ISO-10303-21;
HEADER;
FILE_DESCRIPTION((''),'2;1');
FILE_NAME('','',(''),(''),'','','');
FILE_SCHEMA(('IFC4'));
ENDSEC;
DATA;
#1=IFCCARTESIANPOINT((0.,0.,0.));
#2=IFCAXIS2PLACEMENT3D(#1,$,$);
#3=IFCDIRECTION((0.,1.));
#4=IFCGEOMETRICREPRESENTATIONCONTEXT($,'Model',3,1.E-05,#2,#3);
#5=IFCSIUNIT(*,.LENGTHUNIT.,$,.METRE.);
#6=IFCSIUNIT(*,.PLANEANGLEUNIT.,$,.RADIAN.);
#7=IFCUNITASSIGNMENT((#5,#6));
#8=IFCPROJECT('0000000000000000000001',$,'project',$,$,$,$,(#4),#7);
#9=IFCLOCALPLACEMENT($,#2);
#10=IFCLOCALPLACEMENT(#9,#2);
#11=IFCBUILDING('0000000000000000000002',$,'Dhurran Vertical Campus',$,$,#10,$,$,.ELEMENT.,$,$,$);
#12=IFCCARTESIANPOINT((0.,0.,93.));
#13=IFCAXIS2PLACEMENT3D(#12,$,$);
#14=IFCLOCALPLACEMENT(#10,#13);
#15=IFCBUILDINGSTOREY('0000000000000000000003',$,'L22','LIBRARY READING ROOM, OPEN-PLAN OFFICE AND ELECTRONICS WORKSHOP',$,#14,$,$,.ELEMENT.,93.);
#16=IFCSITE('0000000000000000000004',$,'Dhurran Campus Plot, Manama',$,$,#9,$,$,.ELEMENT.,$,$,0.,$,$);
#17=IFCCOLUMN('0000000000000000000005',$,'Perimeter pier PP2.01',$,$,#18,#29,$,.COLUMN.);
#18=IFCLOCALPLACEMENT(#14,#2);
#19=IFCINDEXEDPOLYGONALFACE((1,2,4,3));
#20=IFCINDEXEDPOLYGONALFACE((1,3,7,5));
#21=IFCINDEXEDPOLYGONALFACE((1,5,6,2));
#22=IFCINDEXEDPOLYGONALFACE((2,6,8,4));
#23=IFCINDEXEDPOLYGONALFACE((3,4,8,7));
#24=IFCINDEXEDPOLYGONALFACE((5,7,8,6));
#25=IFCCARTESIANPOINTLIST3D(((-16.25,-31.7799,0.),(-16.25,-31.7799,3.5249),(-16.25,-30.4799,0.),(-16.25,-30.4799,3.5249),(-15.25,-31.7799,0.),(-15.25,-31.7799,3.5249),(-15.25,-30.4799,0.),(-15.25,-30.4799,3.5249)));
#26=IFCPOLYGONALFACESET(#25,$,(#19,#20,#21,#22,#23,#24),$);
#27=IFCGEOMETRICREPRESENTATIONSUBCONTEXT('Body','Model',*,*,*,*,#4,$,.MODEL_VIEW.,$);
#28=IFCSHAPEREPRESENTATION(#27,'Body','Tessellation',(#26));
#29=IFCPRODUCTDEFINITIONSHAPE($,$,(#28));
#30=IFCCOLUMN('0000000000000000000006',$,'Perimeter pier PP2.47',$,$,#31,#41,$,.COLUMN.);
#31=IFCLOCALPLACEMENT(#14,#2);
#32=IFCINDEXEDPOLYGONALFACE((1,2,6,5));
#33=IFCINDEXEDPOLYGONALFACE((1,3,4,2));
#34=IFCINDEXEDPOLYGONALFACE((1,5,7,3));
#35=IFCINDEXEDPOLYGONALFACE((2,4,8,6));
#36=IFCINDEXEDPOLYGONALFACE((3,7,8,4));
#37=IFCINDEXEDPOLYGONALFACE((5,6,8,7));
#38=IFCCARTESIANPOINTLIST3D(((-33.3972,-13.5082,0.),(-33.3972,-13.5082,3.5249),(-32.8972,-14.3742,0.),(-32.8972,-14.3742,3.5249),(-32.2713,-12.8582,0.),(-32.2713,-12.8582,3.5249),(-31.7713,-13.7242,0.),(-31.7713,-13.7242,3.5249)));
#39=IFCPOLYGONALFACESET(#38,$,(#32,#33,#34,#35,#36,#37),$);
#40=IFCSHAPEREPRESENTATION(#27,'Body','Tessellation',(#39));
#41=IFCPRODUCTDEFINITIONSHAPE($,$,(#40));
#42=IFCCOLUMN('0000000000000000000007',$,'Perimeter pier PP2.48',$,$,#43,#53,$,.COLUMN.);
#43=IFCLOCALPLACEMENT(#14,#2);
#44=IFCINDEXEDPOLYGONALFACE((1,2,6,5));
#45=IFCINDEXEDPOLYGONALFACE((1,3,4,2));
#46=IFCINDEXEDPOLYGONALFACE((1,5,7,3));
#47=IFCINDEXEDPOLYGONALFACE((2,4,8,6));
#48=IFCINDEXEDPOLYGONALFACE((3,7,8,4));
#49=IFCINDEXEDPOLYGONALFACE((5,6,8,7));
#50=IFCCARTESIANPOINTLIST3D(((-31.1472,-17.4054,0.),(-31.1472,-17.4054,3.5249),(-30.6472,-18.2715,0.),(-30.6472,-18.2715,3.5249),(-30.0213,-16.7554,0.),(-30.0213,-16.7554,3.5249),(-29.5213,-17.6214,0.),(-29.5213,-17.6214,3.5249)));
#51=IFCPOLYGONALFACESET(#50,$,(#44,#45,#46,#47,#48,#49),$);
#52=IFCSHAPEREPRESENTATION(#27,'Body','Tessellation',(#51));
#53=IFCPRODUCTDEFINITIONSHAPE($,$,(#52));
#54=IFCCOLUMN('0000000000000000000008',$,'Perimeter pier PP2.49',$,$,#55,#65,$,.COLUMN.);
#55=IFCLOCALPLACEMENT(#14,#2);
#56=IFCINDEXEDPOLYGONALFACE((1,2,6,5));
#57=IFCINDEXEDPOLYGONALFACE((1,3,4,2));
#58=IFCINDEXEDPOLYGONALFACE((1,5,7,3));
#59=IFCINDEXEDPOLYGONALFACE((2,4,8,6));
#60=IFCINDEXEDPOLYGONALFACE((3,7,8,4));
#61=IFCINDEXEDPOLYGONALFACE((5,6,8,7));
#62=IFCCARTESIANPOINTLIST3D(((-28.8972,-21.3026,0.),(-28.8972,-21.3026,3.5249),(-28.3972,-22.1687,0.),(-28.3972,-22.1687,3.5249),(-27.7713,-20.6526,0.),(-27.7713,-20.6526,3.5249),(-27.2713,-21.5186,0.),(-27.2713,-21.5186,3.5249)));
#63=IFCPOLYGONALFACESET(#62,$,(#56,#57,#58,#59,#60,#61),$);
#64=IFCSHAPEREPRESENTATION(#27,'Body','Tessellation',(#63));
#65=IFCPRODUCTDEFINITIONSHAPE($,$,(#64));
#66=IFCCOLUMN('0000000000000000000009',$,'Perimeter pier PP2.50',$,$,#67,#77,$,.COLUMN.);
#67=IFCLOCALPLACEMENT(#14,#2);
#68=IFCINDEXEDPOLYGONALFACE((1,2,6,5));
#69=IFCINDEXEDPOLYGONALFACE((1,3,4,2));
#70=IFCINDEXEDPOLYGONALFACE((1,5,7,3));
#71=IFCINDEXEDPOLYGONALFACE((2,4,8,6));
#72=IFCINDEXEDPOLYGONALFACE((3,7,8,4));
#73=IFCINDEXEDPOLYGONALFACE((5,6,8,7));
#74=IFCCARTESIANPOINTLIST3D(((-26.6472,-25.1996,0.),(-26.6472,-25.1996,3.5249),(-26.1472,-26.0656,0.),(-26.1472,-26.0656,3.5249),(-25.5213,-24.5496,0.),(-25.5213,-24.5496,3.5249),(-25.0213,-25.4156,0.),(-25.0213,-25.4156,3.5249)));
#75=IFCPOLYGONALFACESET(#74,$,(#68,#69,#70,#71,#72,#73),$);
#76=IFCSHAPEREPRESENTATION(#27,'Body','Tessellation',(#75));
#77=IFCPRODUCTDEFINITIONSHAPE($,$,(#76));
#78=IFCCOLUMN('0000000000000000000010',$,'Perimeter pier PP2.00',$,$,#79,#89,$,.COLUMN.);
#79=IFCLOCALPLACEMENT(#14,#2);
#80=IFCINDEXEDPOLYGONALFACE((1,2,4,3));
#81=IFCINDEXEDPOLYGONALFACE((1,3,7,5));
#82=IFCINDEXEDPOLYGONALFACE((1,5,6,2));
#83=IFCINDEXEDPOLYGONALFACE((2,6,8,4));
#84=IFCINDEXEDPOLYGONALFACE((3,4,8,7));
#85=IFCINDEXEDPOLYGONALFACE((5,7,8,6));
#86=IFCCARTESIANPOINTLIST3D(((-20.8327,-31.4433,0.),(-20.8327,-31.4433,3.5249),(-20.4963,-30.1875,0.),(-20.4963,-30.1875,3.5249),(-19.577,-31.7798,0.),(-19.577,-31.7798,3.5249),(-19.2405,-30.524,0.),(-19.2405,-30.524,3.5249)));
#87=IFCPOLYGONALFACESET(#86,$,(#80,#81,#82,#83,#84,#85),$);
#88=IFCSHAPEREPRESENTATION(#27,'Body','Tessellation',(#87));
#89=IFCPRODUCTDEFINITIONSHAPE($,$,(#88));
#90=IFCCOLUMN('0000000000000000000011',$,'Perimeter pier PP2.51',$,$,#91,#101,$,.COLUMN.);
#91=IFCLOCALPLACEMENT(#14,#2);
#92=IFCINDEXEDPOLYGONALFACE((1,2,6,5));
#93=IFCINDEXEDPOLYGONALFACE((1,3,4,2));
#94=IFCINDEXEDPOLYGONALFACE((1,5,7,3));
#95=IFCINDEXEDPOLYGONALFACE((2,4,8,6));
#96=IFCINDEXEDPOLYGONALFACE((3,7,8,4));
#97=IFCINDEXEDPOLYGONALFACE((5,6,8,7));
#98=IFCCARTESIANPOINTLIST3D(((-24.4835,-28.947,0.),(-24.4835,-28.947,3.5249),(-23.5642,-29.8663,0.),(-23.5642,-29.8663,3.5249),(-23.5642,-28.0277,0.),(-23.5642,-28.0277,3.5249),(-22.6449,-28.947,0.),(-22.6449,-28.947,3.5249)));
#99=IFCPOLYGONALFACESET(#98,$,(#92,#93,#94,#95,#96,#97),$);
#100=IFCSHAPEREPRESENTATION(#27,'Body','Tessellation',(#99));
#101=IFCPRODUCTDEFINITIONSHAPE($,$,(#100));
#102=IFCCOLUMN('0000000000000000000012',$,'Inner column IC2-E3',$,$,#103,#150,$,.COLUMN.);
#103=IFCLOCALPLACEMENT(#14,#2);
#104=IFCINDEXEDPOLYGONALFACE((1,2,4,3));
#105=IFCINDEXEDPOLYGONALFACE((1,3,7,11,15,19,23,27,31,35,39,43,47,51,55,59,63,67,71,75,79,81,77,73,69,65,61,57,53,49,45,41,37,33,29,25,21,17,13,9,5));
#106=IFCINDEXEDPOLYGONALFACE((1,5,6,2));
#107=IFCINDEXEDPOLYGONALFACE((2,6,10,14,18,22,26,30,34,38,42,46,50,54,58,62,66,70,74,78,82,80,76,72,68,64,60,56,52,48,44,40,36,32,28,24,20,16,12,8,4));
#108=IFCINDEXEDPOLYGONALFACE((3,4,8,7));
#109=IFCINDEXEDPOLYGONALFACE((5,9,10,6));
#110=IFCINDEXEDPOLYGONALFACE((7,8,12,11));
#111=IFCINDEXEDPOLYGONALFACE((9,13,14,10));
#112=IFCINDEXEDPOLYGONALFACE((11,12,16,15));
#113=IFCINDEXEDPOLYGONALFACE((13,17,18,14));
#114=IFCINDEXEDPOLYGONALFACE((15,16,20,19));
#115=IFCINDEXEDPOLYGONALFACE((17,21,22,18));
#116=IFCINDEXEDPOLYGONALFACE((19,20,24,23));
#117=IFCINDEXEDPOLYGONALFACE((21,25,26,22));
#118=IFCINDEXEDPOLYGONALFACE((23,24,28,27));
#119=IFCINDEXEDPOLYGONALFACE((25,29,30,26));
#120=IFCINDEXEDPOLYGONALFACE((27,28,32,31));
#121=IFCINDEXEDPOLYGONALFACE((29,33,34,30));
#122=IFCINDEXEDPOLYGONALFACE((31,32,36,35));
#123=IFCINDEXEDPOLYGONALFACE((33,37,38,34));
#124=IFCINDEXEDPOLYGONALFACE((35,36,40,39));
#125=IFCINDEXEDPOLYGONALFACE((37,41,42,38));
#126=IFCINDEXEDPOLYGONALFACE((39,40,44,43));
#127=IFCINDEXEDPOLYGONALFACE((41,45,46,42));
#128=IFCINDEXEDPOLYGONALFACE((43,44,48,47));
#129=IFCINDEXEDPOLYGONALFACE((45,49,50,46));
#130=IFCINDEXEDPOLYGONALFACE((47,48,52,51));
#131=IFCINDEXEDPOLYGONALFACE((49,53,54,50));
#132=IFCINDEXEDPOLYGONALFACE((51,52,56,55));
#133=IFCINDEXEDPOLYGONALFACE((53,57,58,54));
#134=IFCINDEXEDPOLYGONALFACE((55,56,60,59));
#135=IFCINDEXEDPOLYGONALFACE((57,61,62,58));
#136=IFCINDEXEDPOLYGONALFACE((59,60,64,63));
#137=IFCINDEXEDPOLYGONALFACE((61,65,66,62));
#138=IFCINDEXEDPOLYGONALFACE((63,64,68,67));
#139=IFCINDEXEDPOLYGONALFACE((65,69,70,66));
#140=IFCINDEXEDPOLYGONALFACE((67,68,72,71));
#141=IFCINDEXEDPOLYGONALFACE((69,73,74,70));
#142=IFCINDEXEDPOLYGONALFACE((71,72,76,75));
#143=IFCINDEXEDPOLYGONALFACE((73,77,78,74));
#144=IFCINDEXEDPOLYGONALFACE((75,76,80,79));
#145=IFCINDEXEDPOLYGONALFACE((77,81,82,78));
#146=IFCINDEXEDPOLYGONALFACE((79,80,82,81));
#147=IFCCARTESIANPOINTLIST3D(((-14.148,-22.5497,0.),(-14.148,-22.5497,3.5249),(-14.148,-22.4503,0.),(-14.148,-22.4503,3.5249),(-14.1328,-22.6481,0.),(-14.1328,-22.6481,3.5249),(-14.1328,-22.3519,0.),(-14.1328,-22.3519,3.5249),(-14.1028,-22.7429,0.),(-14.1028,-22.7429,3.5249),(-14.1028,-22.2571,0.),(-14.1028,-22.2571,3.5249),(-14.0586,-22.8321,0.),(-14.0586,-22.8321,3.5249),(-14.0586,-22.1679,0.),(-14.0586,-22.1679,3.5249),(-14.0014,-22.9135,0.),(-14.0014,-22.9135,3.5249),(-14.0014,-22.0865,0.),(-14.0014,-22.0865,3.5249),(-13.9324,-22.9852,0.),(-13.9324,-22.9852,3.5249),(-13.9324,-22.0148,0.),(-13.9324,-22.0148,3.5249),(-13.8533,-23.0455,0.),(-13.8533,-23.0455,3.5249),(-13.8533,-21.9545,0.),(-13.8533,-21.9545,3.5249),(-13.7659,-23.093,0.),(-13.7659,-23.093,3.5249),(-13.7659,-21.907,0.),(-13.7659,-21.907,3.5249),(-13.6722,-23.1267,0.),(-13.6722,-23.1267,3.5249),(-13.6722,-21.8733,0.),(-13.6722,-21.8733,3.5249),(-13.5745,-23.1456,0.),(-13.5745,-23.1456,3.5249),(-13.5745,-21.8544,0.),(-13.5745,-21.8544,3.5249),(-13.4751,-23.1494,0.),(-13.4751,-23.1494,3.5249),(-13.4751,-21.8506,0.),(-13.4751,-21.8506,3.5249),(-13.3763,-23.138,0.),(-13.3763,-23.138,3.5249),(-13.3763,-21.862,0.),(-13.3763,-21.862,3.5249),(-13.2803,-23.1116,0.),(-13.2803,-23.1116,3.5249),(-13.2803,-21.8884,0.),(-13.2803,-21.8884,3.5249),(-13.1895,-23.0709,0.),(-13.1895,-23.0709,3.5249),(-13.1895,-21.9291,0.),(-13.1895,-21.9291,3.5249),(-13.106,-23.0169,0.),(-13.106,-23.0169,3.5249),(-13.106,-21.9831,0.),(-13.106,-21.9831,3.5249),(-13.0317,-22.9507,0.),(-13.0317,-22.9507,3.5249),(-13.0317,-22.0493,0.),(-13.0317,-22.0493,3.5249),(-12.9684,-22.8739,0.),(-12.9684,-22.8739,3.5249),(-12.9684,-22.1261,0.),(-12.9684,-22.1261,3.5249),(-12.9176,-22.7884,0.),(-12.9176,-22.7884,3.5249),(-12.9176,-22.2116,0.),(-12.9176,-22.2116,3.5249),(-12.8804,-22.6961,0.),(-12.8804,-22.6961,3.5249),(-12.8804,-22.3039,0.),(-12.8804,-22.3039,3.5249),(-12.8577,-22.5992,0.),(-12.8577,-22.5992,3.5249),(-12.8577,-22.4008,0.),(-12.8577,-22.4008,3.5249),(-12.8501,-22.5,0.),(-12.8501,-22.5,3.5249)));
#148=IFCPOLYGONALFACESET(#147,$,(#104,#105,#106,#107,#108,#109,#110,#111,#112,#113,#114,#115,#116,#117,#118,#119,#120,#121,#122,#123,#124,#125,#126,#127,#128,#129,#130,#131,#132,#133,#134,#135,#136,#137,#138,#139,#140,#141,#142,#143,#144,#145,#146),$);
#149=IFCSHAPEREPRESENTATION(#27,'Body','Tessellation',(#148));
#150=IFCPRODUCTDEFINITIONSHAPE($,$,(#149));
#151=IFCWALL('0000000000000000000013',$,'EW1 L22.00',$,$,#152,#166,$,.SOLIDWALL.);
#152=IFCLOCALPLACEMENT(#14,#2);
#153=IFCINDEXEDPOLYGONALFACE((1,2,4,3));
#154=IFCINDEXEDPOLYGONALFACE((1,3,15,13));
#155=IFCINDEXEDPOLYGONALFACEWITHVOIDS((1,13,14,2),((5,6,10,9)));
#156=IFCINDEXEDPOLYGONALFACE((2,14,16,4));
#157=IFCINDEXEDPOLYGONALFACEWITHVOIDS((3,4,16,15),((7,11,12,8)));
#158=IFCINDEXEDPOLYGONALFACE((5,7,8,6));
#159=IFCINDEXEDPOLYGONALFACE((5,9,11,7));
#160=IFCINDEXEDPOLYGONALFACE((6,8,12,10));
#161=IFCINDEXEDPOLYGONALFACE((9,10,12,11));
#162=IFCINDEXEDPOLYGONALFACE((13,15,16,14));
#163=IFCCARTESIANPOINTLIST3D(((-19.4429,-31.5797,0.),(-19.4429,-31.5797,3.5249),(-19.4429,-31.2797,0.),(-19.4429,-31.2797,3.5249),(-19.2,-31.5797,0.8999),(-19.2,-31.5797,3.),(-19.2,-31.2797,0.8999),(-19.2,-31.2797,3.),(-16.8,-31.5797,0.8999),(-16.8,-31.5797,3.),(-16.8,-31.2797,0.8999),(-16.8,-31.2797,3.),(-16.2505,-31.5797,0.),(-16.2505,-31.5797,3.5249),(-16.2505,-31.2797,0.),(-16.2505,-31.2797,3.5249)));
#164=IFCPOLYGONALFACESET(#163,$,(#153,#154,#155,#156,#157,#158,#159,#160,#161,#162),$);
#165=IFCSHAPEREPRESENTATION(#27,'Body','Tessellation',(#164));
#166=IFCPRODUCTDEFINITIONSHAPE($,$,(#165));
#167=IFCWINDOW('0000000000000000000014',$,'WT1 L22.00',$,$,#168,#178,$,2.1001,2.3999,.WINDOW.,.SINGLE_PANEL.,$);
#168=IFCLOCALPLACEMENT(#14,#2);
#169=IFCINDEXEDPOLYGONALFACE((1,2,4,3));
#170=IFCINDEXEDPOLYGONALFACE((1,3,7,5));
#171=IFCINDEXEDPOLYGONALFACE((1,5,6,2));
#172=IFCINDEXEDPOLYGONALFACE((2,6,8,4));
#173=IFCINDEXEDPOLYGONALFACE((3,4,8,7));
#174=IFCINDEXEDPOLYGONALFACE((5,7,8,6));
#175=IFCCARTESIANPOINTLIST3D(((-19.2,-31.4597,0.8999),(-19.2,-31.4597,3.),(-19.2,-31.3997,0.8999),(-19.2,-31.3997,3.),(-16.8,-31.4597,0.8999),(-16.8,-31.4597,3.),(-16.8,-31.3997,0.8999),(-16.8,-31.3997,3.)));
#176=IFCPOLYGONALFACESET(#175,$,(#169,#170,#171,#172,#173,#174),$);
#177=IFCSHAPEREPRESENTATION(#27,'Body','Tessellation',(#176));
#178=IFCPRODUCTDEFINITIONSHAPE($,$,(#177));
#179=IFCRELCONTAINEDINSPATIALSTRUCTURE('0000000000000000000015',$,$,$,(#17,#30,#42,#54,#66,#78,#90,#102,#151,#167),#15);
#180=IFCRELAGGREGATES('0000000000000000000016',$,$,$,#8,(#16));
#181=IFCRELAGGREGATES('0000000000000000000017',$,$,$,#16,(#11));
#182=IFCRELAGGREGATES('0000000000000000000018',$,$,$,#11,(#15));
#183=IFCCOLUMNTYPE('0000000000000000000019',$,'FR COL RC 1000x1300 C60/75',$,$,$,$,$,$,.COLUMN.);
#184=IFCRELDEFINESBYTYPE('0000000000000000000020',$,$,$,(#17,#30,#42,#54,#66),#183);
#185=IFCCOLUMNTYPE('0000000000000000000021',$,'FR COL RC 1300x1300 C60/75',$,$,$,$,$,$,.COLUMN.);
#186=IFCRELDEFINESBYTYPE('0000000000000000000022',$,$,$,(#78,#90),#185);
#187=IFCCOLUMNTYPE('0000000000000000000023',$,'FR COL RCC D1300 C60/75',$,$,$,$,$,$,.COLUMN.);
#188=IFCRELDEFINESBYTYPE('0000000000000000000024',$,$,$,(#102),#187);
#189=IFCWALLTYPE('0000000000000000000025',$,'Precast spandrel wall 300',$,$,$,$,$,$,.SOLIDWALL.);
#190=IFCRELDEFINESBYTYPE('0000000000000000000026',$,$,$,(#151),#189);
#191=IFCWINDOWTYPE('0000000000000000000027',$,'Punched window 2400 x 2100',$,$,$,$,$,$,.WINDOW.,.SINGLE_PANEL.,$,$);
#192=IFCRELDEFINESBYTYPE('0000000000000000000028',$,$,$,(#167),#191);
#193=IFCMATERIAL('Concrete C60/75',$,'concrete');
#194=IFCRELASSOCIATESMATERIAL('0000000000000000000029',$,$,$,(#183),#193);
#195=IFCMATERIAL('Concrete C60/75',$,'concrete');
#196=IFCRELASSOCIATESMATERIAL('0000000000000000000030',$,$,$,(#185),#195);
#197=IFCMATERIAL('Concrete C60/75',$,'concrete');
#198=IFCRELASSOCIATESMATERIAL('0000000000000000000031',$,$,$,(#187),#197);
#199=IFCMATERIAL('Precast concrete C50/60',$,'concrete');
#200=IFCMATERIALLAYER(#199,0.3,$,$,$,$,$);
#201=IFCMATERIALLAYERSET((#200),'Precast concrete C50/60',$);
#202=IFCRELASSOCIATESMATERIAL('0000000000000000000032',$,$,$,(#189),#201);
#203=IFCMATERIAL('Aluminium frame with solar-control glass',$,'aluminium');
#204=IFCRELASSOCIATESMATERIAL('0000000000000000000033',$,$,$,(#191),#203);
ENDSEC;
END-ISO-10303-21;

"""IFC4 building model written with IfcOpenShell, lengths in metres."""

from ifc_helpers import new_model, si_unit, direction, frame, frame_2d, origin, origin_2d, place, context, subcontext, project, spatial, rectangle, circle, extrude, material, layer, layer_set, material_profile, profile_set, type_object, element, fill, save


model = new_model("IFC4")

# Units and contexts
model_context = context("Model", 3, precision=1e-05, world=origin(), true_north=direction((0.0, 1.0)))
body_context = subcontext(model_context, "Body", "Model", "MODEL_VIEW")
ifc_project = project(units=[si_unit("LENGTHUNIT", "METRE"), si_unit("PLANEANGLEUNIT", "RADIAN")], contexts=[model_context])

# Site, building, storey
site_placement = place(None, origin())
site = spatial("IfcSite", under=ifc_project, at=site_placement, Name="Dhurran Campus Plot, Manama", CompositionType="ELEMENT", RefElevation=0.0)
building_placement = place(site_placement, origin())
building = spatial("IfcBuilding", under=site, at=building_placement, Name="Dhurran Vertical Campus", CompositionType="ELEMENT")
storey_placement = place(building_placement, frame((0.0, 0.0, 93.0)))
storey = spatial("IfcBuildingStorey", under=building, at=storey_placement, Name="L22", Description="LIBRARY READING ROOM, OPEN-PLAN OFFICE AND ELECTRONICS WORKSHOP", CompositionType="ELEMENT", Elevation=93.0)

# Columns
ifc_material_1 = material(Name="Concrete C60/75", Category="concrete")
ifc_material_profile_1 = material_profile(ifc_material_1, rectangle(XDim=1.0, YDim=1.3, at=origin_2d()), Name="RC 1000x1300")
ifc_profile_set_1 = profile_set([ifc_material_profile_1], Name="Concrete C60/75")
column_type_1 = type_object("IfcColumnType", Name="FR COL RC 1000x1300 C60/75", PredefinedType="COLUMN", material=ifc_profile_set_1)
for number, where, z_axis, x_axis, name in (
    (1, (-15.75, -31.1299, 0.0), (0.0, 0.0, 1.0), (1.0, 0.0, 0.0), "Perimeter pier PP2.01"),
    (2, (-32.5842, -13.6162, 0.0), (0.0, 0.0, 1.0), (0.5, -0.866025, 0.0), "Perimeter pier PP2.47"),
    (3, (-30.3342, -17.5134, 0.0), (0.0, 0.0, 1.0), (0.5, -0.866025, 0.0), "Perimeter pier PP2.48"),
    (4, (-28.0842, -21.4106, 0.0), (0.0, 0.0, 1.0), (0.5, -0.866025, 0.0), "Perimeter pier PP2.49"),
    (5, (-25.8342, -25.3076, 0.0), (0.0, 0.0, 1.0), (0.5, -0.866025, 0.0), "Perimeter pier PP2.50"),
):
    element("IfcColumn", number, at=place(storey_placement, frame(where, z_axis=z_axis, x_axis=x_axis)), inside=storey, type_object=column_type_1, Name=name, PredefinedType="COLUMN", context=body_context, shape_type="SweptSolid", body=[
        extrude(rectangle(XDim=1.0, YDim=1.3, at=origin_2d()), origin(), (0.0, 0.0, 1.0), 3.5249),
    ])
ifc_material_2 = material(Name="Concrete C60/75", Category="concrete")
ifc_material_profile_2 = material_profile(ifc_material_2, rectangle(XDim=1.3, YDim=1.3, at=origin_2d()), Name="RC 1300x1300")
ifc_profile_set_2 = profile_set([ifc_material_profile_2], Name="Concrete C60/75")
column_type_2 = type_object("IfcColumnType", Name="FR COL RC 1300x1300 C60/75", PredefinedType="COLUMN", material=ifc_profile_set_2)
for number, where, z_axis, x_axis, name in (
    (6, (-20.0366, -30.9836, 0.0), (0.0, 0.0, 1.0), (0.965926, -0.258819, 0.0), "Perimeter pier PP2.00"),
    (7, (-23.5642, -28.947, 0.0), (0.0, 0.0, 1.0), (0.707107, -0.707107, 0.0), "Perimeter pier PP2.51"),
):
    element("IfcColumn", number, at=place(storey_placement, frame(where, z_axis=z_axis, x_axis=x_axis)), inside=storey, type_object=column_type_2, Name=name, PredefinedType="COLUMN", context=body_context, shape_type="SweptSolid", body=[
        extrude(rectangle(XDim=1.3, YDim=1.3, at=origin_2d()), origin(), (0.0, 0.0, 1.0), 3.5249),
    ])
ifc_material_3 = material(Name="Concrete C60/75", Category="concrete")
ifc_material_profile_3 = material_profile(ifc_material_3, circle(Radius=0.6499, at=origin_2d()), Name="RCC D1300")
ifc_profile_set_3 = profile_set([ifc_material_profile_3], Name="Concrete C60/75")
column_type_3 = type_object("IfcColumnType", Name="FR COL RCC D1300 C60/75", PredefinedType="COLUMN", material=ifc_profile_set_3)
column_placement = place(storey_placement, frame((-13.5, -22.5, 0.0), z_axis=(0.0, 0.0, 1.0), x_axis=(1.0, 0.0, 0.0)))
element("IfcColumn", 8, at=column_placement, inside=storey, type_object=column_type_3, Name="Inner column IC2-E3", PredefinedType="COLUMN", context=body_context, shape_type="SweptSolid", body=[
    extrude(circle(Radius=0.6499, at=origin_2d()), origin(), (0.0, 0.0, 1.0), 3.5249),
])

# Wall, opening, window
ifc_material_4 = material(Name="Precast concrete C50/60", Category="concrete")
ifc_layer_1 = layer(ifc_material_4, 0.3)
ifc_layer_set_1 = layer_set([ifc_layer_1], Name="Precast concrete C50/60")
wall_type_1 = type_object("IfcWallType", Name="Precast spandrel wall 300", PredefinedType="SOLIDWALL", material=ifc_layer_set_1)
wall_1_placement = place(storey_placement, frame((-19.4429, -31.4297, 0.0), z_axis=(0.0, 0.0, 1.0), x_axis=(1.0, 0.0, 0.0)))
wall_1 = element("IfcWall", 9, at=wall_1_placement, inside=storey, type_object=wall_type_1, Name="EW1 L22.00", PredefinedType="SOLIDWALL", context=body_context, shape_type="SweptSolid", body=[
    extrude(rectangle(XDim=3.1924, YDim=0.3, at=frame_2d((1.5962, 0.0))), origin(), (0.0, 0.0, 1.0), 3.5249),
])
opening_1_placement = place(wall_1_placement, frame((0.2429, 0.0, 0.8999)))
opening_1 = element("IfcOpeningElement", 10, at=opening_1_placement, cuts=wall_1, PredefinedType="OPENING", context=body_context, shape_type="SweptSolid", body=[
    extrude(rectangle(XDim=2.3999, YDim=2.1001, at=frame_2d((1.2, 1.05))), frame((0.0, 0.1599, 0.0), z_axis=(0.0, -1.0, 0.0), x_axis=(1.0, 0.0, 0.0)), (0.0, 0.0, 1.0), 0.3201),
])
ifc_material_5 = material(Name="Aluminium frame with solar-control glass", Category="aluminium")
window_type = type_object("IfcWindowType", Name="Punched window 2400 x 2100", PartitioningType="SINGLE_PANEL", PredefinedType="WINDOW", material=ifc_material_5)
window_1_placement = place(opening_1_placement, origin())
window_1 = element("IfcWindow", 11, at=window_1_placement, inside=storey, type_object=window_type, Name="WT1 L22.00", OverallHeight=2.1001, OverallWidth=2.3999, PartitioningType="SINGLE_PANEL", PredefinedType="WINDOW", context=body_context, shape_type="SweptSolid", body=[
    extrude(rectangle(XDim=2.3999, YDim=2.1001, at=frame_2d((1.2, 1.05))), frame((0.0, 0.03, 0.0), z_axis=(0.0, -1.0, 0.0), x_axis=(1.0, 0.0, 0.0)), (0.0, 0.0, 1.0), 0.0601),
])
fill(opening_1, window_1)

save(model, "model.ifc")
